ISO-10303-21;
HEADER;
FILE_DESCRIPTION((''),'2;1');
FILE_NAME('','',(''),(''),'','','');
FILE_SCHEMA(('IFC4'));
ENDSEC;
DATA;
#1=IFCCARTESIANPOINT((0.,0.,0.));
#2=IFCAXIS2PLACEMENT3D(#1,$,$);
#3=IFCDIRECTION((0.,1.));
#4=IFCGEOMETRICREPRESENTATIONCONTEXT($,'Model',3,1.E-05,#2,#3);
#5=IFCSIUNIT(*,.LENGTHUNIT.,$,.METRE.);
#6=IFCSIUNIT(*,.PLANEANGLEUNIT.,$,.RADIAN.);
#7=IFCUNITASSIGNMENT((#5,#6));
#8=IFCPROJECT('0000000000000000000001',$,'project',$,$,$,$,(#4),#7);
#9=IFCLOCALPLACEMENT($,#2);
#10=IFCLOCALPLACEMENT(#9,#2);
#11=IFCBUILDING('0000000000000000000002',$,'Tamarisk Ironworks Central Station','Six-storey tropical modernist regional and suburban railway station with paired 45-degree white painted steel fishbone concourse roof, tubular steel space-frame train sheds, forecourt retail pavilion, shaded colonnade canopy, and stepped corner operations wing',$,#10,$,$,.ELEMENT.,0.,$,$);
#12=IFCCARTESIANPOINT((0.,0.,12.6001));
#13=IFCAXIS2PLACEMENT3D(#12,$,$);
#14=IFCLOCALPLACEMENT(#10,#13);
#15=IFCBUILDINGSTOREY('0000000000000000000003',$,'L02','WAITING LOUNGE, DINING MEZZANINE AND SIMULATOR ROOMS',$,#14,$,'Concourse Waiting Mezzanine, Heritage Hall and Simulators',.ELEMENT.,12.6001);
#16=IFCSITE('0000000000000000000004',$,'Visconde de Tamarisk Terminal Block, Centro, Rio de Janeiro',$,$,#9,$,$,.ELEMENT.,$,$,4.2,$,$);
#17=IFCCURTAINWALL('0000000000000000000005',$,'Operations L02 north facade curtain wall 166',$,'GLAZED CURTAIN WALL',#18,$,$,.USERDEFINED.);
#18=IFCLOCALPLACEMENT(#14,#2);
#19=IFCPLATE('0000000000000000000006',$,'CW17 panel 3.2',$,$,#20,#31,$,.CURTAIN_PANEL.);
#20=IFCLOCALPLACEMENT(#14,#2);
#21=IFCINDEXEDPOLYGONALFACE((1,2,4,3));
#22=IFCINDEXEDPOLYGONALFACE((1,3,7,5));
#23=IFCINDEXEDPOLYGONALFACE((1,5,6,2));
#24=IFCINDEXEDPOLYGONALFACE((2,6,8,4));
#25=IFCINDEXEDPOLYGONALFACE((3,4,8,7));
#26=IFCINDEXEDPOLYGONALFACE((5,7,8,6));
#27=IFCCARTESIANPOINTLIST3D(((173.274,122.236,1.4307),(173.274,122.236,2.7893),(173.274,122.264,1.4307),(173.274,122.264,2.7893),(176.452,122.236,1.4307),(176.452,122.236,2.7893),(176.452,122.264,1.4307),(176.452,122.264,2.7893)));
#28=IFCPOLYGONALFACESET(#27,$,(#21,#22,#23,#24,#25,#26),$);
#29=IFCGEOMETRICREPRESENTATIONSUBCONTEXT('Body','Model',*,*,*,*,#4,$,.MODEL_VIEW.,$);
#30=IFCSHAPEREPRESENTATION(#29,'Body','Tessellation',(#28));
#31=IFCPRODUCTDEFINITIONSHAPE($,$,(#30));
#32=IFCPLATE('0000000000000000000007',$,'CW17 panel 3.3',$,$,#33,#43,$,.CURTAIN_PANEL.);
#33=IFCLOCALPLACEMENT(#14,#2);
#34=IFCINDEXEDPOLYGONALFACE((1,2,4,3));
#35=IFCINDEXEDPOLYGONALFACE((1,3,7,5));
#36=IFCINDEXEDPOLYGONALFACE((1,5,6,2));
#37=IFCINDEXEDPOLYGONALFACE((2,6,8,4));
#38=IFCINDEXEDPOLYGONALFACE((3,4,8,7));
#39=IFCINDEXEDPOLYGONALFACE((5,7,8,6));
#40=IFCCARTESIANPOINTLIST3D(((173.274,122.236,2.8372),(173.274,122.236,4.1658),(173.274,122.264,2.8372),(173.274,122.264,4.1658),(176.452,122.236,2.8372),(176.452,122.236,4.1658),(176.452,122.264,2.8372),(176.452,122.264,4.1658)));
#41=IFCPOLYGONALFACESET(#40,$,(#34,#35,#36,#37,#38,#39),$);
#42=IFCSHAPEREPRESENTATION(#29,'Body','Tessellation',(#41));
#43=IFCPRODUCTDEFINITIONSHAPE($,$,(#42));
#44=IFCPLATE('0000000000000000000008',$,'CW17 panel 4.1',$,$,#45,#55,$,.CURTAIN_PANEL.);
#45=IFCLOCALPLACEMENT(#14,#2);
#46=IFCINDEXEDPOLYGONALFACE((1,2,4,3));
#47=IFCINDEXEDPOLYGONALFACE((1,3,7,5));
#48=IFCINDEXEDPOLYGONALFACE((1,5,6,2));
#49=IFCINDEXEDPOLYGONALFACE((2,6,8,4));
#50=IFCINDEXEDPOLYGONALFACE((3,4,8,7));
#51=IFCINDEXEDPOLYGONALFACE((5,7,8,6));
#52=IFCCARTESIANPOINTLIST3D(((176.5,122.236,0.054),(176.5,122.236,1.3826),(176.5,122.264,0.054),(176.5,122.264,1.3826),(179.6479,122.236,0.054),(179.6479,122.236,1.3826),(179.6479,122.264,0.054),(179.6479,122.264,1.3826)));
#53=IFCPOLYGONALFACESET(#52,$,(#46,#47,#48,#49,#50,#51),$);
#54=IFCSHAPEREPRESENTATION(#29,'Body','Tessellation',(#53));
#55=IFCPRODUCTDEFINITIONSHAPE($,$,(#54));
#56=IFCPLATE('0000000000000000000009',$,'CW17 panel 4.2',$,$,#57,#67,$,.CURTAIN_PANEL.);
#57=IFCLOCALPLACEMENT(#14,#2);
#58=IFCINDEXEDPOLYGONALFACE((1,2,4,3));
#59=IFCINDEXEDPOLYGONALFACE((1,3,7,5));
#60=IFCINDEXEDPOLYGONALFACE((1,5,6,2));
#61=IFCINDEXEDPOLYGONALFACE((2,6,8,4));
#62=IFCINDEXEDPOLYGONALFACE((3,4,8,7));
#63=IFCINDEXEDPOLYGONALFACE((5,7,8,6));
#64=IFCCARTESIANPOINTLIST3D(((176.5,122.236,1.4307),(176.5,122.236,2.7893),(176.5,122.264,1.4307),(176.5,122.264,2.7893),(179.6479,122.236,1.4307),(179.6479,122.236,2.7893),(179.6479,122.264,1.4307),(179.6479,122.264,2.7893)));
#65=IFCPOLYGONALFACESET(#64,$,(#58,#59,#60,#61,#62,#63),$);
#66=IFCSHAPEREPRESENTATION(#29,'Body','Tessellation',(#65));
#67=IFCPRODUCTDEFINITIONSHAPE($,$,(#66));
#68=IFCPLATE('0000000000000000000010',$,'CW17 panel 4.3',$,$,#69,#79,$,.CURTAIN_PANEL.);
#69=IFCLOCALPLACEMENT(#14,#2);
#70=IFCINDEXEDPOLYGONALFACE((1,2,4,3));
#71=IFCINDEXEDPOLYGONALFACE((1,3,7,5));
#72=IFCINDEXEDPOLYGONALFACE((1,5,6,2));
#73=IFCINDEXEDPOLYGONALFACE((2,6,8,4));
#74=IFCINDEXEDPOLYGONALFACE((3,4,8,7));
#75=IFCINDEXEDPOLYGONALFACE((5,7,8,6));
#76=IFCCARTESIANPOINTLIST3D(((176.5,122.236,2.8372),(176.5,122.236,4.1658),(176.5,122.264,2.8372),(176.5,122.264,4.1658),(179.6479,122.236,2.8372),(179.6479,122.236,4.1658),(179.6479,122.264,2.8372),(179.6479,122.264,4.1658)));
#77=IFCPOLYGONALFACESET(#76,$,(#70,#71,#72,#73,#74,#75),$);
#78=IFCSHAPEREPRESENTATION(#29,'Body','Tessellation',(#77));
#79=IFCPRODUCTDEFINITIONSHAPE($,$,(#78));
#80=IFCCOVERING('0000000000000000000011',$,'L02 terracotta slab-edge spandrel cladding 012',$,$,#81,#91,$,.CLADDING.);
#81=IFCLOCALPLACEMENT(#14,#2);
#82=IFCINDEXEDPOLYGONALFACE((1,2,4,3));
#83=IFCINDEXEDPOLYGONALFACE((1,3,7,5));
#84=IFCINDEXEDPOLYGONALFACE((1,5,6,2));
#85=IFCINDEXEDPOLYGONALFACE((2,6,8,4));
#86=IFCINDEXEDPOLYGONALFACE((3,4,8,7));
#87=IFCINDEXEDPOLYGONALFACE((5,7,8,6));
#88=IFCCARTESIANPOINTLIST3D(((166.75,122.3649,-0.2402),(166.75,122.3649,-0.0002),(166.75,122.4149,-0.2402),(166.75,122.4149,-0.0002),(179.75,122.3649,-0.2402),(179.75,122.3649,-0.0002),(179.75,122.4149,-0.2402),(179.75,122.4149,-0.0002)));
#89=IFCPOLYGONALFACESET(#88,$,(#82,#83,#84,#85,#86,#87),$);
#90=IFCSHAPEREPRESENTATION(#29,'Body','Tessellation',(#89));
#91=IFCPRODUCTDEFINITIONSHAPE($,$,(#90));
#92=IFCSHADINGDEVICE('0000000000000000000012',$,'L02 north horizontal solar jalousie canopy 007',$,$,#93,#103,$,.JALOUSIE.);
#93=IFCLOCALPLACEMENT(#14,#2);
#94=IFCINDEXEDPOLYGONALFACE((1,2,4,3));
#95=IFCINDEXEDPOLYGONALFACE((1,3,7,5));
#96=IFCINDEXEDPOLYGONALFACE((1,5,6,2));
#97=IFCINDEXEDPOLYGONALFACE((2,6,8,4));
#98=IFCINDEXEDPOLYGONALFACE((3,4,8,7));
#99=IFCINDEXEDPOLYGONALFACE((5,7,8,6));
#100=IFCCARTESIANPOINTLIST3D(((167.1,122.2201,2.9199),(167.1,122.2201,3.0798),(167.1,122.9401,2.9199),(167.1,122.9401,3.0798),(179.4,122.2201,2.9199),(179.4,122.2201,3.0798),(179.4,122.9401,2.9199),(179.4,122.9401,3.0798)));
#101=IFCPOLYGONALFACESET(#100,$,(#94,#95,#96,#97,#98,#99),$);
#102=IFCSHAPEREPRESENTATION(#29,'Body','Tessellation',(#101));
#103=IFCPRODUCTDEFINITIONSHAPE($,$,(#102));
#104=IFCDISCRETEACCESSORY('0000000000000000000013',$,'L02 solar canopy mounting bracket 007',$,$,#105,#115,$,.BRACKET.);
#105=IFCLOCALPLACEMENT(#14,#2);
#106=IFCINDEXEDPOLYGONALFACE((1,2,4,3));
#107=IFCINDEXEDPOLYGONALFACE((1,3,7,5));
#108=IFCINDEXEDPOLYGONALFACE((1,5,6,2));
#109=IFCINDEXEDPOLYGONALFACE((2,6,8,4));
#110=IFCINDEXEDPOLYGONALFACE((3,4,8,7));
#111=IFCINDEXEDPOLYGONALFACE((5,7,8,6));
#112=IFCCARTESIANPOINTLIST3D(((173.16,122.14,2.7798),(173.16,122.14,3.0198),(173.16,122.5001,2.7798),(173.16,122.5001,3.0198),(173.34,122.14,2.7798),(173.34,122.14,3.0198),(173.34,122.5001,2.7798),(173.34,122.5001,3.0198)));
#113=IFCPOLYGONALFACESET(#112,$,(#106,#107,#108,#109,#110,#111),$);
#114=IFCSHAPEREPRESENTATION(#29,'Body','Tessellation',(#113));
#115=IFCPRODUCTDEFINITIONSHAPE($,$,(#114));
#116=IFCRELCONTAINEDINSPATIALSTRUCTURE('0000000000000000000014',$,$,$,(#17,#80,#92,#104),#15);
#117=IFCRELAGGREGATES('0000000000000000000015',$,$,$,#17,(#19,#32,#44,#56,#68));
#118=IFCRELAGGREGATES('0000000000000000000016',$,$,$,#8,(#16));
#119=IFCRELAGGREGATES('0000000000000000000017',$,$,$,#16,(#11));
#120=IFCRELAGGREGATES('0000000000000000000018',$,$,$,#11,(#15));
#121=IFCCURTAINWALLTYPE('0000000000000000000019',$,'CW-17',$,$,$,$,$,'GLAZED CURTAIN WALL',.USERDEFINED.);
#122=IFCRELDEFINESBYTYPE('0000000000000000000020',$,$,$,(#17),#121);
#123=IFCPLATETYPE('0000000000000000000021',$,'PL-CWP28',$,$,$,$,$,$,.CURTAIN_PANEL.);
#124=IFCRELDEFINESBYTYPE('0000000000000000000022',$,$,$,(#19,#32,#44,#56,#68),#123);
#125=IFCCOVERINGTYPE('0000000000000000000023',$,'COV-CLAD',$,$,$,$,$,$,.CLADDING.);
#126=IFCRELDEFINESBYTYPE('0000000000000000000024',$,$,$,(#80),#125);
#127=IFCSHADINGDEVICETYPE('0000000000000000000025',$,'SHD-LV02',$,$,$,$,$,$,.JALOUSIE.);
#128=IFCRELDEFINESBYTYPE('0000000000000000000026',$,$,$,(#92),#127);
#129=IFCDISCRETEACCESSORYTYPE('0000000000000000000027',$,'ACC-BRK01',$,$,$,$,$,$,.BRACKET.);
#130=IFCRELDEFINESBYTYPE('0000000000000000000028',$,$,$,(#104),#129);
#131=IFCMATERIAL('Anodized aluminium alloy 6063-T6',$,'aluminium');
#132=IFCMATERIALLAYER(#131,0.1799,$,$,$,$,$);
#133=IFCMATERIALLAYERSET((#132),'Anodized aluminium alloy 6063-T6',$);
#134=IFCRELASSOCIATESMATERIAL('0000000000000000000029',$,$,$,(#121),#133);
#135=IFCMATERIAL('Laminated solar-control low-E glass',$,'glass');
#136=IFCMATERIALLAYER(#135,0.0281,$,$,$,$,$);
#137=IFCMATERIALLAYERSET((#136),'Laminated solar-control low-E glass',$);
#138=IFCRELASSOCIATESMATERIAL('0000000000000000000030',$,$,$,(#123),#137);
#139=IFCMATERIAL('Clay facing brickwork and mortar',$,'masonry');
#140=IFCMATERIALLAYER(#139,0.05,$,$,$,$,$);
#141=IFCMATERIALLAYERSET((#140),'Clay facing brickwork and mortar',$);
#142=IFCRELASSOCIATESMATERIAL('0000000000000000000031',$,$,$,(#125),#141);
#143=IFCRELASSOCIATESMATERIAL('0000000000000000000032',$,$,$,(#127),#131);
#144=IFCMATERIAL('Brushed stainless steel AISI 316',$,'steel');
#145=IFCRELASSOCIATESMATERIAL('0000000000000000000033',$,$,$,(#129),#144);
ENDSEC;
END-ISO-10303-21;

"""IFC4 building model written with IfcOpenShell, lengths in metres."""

from ifc_helpers import new_model, si_unit, direction, frame, origin, origin_2d, place, context, subcontext, project, spatial, rectangle, extrude, material, layer, layer_set, type_object, element, aggregate, save


model = new_model("IFC4")

# Units and contexts
model_context = context("Model", 3, precision=1e-05, world=origin(), true_north=direction((0.0, 1.0)))
body_context = subcontext(model_context, "Body", "Model", "MODEL_VIEW")
ifc_project = project(units=[si_unit("LENGTHUNIT", "METRE"), si_unit("PLANEANGLEUNIT", "RADIAN")], contexts=[model_context])

# Site, building, storey
site_placement = place(None, origin())
site = spatial("IfcSite", under=ifc_project, at=site_placement, Name="Visconde de Tamarisk Terminal Block, Centro, Rio de Janeiro", CompositionType="ELEMENT", RefElevation=4.2)
building_placement = place(site_placement, origin())
building = spatial("IfcBuilding", under=site, at=building_placement, Name="Tamarisk Ironworks Central Station", Description="Six-storey tropical modernist regional and suburban railway station with paired 45-degree white painted steel fishbone concourse roof, tubular steel space-frame train sheds, forecourt retail pavilion, shaded colonnade canopy, and stepped corner operations wing", CompositionType="ELEMENT", ElevationOfRefHeight=0.0)
storey_placement = place(building_placement, frame((0.0, 0.0, 12.6001)))
storey = spatial("IfcBuildingStorey", under=building, at=storey_placement, Name="L02", Description="WAITING LOUNGE, DINING MEZZANINE AND SIMULATOR ROOMS", LongName="Concourse Waiting Mezzanine, Heritage Hall and Simulators", CompositionType="ELEMENT", Elevation=12.6001)

# Curtain wall, plates
ifc_material_1 = material(Name="Anodized aluminium alloy 6063-T6", Category="aluminium")
ifc_layer_1 = layer(ifc_material_1, 0.1799)
ifc_layer_set_1 = layer_set([ifc_layer_1], Name="Anodized aluminium alloy 6063-T6")
curtain_wall_type = type_object("IfcCurtainWallType", Name="CW-17", ElementType="GLAZED CURTAIN WALL", PredefinedType="USERDEFINED", material=ifc_layer_set_1)
curtain_wall_placement = place(storey_placement, origin())
curtain_wall = element("IfcCurtainWall", 1, at=curtain_wall_placement, inside=storey, type_object=curtain_wall_type, Name="Operations L02 north facade curtain wall 166", ObjectType="GLAZED CURTAIN WALL", PredefinedType="USERDEFINED")
ifc_material_2 = material(Name="Laminated solar-control low-E glass", Category="glass")
ifc_layer_2 = layer(ifc_material_2, 0.0281)
ifc_layer_set_2 = layer_set([ifc_layer_2], Name="Laminated solar-control low-E glass")
plate_type = type_object("IfcPlateType", Name="PL-CWP28", PredefinedType="CURTAIN_PANEL", material=ifc_layer_set_2)
plate_1_placement = place(storey_placement, frame((174.863, 122.25, 1.4307), z_axis=(0.0, 0.0, 1.0), x_axis=(1.0, 0.0, 0.0)))
plate_1 = element("IfcPlate", 2, at=plate_1_placement, type_object=plate_type, Name="CW17 panel 3.2", PredefinedType="CURTAIN_PANEL", context=body_context, shape_type="SweptSolid", body=[
    extrude(rectangle(XDim=3.178, YDim=0.0281, at=origin_2d()), origin(), (0.0, 0.0, 1.0), 1.3586),
])
plate_2_placement = place(storey_placement, frame((174.863, 122.25, 2.8372), z_axis=(0.0, 0.0, 1.0), x_axis=(1.0, 0.0, 0.0)))
plate_2 = element("IfcPlate", 3, at=plate_2_placement, type_object=plate_type, Name="CW17 panel 3.3", PredefinedType="CURTAIN_PANEL", context=body_context, shape_type="SweptSolid", body=[
    extrude(rectangle(XDim=3.178, YDim=0.0281, at=origin_2d()), origin(), (0.0, 0.0, 1.0), 1.3286),
])
plate_3_placement = place(storey_placement, frame((178.074, 122.25, 0.054), z_axis=(0.0, 0.0, 1.0), x_axis=(1.0, 0.0, 0.0)))
plate_3 = element("IfcPlate", 4, at=plate_3_placement, type_object=plate_type, Name="CW17 panel 4.1", PredefinedType="CURTAIN_PANEL", context=body_context, shape_type="SweptSolid", body=[
    extrude(rectangle(XDim=3.1479, YDim=0.0281, at=origin_2d()), origin(), (0.0, 0.0, 1.0), 1.3286),
])
plate_4_placement = place(storey_placement, frame((178.074, 122.25, 1.4307), z_axis=(0.0, 0.0, 1.0), x_axis=(1.0, 0.0, 0.0)))
plate_4 = element("IfcPlate", 5, at=plate_4_placement, type_object=plate_type, Name="CW17 panel 4.2", PredefinedType="CURTAIN_PANEL", context=body_context, shape_type="SweptSolid", body=[
    extrude(rectangle(XDim=3.1479, YDim=0.0281, at=origin_2d()), origin(), (0.0, 0.0, 1.0), 1.3586),
])
plate_5_placement = place(storey_placement, frame((178.074, 122.25, 2.8372), z_axis=(0.0, 0.0, 1.0), x_axis=(1.0, 0.0, 0.0)))
plate_5 = element("IfcPlate", 6, at=plate_5_placement, type_object=plate_type, Name="CW17 panel 4.3", PredefinedType="CURTAIN_PANEL", context=body_context, shape_type="SweptSolid", body=[
    extrude(rectangle(XDim=3.1479, YDim=0.0281, at=origin_2d()), origin(), (0.0, 0.0, 1.0), 1.3286),
])
aggregate(curtain_wall, [plate_1, plate_2, plate_3, plate_4, plate_5])

# Covering
ifc_material_3 = material(Name="Clay facing brickwork and mortar", Category="masonry")
ifc_layer_3 = layer(ifc_material_3, 0.05)
ifc_layer_set_3 = layer_set([ifc_layer_3], Name="Clay facing brickwork and mortar")
covering_type = type_object("IfcCoveringType", Name="COV-CLAD", PredefinedType="CLADDING", material=ifc_layer_set_3)
covering_placement = place(storey_placement, frame((173.25, 122.3899, -0.2402), z_axis=(0.0, 0.0, 1.0), x_axis=(1.0, 0.0, 0.0)))
element("IfcCovering", 7, at=covering_placement, inside=storey, type_object=covering_type, Name="L02 terracotta slab-edge spandrel cladding 012", PredefinedType="CLADDING", context=body_context, shape_type="SweptSolid", body=[
    extrude(rectangle(XDim=13.0, YDim=0.05, at=origin_2d()), origin(), (0.0, 0.0, 1.0), 0.24),
])

# Shading device
shading_device_type = type_object("IfcShadingDeviceType", Name="SHD-LV02", PredefinedType="JALOUSIE", material=ifc_material_1)
shading_device_placement = place(storey_placement, frame((173.25, 122.5801, 2.9199), z_axis=(0.0, 0.0, 1.0), x_axis=(1.0, 0.0, 0.0)))
element("IfcShadingDevice", 8, at=shading_device_placement, inside=storey, type_object=shading_device_type, Name="L02 north horizontal solar jalousie canopy 007", PredefinedType="JALOUSIE", context=body_context, shape_type="SweptSolid", body=[
    extrude(rectangle(XDim=12.3, YDim=0.72, at=origin_2d()), origin(), (0.0, 0.0, 1.0), 0.1599),
])

# Discrete accessory
ifc_material_4 = material(Name="Brushed stainless steel AISI 316", Category="steel")
discrete_accessory_type = type_object("IfcDiscreteAccessoryType", Name="ACC-BRK01", PredefinedType="BRACKET", material=ifc_material_4)
discrete_accessory_placement = place(storey_placement, frame((173.25, 122.3201, 2.7798), z_axis=(0.0, 0.0, 1.0), x_axis=(1.0, 0.0, 0.0)))
element("IfcDiscreteAccessory", 9, at=discrete_accessory_placement, inside=storey, type_object=discrete_accessory_type, Name="L02 solar canopy mounting bracket 007", PredefinedType="BRACKET", context=body_context, shape_type="SweptSolid", body=[
    extrude(rectangle(XDim=0.1799, YDim=0.3601, at=origin_2d()), origin(), (0.0, 0.0, 1.0), 0.24),
])

save(model, "model.ifc")
